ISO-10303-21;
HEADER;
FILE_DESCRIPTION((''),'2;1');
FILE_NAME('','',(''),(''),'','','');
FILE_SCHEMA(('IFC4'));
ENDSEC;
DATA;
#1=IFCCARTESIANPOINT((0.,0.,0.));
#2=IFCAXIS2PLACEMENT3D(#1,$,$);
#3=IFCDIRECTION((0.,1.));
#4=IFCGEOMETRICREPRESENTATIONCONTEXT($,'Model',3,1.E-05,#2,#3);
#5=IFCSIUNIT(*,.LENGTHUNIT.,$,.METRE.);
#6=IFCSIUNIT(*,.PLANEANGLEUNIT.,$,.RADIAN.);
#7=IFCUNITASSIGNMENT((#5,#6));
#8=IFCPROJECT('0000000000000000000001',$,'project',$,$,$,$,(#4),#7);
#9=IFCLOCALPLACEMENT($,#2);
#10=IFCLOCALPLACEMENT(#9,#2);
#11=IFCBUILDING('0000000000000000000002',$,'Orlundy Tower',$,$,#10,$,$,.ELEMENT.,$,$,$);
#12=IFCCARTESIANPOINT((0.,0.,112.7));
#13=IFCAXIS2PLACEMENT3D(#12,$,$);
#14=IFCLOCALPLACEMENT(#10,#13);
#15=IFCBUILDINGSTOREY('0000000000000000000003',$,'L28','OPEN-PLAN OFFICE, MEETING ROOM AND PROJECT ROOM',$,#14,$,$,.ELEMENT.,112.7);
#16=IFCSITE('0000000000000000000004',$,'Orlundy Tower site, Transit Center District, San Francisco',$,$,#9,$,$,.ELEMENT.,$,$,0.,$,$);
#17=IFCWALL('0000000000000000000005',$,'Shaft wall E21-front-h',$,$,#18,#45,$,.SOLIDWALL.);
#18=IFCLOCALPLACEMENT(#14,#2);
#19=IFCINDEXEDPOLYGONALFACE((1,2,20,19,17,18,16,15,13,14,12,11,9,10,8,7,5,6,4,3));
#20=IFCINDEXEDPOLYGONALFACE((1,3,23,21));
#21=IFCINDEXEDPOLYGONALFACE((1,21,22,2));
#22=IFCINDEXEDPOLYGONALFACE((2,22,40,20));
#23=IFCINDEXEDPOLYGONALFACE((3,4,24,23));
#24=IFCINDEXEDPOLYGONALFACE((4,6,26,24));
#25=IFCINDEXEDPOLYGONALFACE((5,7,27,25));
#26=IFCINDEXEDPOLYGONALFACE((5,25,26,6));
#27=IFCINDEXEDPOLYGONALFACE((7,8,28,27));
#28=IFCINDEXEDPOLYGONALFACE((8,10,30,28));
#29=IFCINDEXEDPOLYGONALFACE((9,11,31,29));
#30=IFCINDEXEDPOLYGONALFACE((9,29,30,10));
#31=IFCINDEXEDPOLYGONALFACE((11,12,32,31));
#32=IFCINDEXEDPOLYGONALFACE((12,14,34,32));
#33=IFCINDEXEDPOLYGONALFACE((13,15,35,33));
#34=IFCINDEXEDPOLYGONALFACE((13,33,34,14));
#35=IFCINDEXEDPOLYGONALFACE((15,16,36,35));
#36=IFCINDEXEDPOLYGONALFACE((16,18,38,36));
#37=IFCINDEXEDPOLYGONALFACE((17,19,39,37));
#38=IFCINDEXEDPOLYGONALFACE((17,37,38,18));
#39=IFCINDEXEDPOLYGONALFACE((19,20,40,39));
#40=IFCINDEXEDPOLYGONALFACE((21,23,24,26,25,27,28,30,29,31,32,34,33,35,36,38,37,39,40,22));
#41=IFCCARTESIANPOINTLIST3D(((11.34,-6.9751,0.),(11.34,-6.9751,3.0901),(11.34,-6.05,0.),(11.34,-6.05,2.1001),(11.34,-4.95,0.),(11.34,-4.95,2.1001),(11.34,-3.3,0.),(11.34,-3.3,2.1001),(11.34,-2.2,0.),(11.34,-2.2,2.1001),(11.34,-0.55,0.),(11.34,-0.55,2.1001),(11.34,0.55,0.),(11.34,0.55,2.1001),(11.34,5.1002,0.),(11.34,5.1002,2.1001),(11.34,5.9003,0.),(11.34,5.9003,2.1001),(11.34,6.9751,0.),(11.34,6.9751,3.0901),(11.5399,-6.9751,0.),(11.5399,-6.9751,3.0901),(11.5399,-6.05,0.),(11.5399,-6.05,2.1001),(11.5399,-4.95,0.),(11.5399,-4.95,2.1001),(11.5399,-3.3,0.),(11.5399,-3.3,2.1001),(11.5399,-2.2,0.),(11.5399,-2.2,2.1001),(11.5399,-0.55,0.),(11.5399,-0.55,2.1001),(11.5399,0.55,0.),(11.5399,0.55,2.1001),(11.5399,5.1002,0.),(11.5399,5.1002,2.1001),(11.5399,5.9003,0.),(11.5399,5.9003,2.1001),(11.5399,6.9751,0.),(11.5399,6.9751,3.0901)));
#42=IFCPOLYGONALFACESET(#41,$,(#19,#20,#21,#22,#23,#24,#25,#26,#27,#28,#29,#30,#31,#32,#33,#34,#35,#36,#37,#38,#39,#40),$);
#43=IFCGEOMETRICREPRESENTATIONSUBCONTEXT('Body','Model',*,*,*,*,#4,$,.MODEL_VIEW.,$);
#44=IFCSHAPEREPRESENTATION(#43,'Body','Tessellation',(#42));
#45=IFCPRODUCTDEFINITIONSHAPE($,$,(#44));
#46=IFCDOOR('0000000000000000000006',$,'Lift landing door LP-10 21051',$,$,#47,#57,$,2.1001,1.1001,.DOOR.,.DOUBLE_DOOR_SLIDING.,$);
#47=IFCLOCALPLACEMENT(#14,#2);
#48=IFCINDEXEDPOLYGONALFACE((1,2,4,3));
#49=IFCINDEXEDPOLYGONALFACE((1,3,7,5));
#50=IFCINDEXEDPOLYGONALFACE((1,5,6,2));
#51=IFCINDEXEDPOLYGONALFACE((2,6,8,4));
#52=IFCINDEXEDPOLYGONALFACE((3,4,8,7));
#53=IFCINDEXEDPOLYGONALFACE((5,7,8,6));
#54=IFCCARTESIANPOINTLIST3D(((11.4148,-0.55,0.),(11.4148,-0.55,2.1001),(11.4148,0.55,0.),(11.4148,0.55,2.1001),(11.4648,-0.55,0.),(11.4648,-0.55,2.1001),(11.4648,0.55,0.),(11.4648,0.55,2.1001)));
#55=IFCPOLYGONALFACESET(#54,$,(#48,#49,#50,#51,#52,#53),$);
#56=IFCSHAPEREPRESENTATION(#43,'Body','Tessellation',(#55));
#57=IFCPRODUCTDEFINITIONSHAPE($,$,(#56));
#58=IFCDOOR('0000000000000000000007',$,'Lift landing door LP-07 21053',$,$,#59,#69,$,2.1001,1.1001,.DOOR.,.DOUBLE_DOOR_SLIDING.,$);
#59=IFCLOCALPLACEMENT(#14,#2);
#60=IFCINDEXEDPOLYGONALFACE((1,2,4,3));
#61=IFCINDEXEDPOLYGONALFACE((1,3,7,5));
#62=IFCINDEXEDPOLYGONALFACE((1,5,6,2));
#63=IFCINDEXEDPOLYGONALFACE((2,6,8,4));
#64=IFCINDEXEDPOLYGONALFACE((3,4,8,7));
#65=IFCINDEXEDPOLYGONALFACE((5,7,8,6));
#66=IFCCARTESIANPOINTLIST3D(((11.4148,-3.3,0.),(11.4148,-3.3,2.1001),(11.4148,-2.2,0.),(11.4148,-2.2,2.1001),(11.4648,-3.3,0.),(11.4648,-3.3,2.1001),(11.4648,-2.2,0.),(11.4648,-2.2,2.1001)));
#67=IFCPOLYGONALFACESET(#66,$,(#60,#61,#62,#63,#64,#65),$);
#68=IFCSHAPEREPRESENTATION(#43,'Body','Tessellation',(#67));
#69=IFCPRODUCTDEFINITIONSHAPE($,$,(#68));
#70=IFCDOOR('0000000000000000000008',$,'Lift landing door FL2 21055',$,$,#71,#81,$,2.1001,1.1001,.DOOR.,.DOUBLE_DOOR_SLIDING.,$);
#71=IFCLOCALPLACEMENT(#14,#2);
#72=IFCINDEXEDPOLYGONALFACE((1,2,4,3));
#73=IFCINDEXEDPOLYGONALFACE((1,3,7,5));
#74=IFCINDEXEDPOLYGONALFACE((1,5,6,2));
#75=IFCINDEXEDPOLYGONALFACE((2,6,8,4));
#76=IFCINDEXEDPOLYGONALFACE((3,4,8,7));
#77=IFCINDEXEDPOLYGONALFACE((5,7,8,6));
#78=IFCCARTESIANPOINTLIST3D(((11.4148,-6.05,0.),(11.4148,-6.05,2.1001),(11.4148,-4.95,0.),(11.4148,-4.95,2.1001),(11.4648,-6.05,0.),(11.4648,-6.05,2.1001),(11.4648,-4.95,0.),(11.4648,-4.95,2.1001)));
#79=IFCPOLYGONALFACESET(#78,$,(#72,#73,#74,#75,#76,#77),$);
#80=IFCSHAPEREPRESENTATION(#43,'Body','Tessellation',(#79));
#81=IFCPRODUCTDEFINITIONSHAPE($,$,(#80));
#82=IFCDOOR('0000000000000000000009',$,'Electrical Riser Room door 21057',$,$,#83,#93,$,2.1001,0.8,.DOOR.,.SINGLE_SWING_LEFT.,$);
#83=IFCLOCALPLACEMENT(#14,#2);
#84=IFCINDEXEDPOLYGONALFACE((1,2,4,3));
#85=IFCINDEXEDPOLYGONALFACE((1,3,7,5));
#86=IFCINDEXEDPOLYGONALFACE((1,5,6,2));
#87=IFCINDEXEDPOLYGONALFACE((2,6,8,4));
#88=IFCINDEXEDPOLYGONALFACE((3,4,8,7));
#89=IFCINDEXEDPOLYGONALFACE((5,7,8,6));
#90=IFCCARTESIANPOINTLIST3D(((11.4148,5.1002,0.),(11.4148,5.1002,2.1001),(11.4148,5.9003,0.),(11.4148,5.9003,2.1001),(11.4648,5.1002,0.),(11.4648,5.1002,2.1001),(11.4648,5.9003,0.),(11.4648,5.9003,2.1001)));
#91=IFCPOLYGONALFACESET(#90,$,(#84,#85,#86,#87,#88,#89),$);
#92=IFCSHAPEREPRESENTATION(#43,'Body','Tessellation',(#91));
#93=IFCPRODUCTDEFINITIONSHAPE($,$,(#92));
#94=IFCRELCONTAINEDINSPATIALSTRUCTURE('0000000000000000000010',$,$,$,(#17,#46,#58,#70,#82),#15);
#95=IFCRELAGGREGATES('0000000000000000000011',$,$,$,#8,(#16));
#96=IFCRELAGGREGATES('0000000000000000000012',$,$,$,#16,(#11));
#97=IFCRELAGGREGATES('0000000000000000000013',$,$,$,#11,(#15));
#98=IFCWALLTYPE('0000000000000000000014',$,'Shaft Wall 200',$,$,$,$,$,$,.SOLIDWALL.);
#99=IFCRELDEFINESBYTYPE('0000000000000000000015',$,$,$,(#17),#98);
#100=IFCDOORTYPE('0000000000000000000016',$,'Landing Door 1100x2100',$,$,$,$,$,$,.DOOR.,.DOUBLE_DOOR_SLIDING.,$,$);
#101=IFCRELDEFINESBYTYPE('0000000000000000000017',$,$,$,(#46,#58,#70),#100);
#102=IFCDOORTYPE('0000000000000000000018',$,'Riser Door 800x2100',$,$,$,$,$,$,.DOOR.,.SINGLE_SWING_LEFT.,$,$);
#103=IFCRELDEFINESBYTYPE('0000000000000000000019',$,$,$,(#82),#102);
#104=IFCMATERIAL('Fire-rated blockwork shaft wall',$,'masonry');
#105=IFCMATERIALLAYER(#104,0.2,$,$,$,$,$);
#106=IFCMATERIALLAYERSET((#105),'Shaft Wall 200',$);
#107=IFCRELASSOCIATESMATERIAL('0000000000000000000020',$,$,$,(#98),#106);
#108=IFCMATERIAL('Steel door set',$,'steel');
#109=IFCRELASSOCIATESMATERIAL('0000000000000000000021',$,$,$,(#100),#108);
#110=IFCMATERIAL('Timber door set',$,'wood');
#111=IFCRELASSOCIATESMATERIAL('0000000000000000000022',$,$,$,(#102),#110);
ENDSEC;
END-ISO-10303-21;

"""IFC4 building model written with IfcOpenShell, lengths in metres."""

from ifc_helpers import new_model, si_unit, direction, frame, frame_2d, origin, place, context, subcontext, project, spatial, rectangle, extrude, material, layer, layer_set, type_object, element, fill, save


model = new_model("IFC4")

# Units and contexts
model_context = context("Model", 3, precision=1e-05, world=origin(), true_north=direction((0.0, 1.0)))
body_context = subcontext(model_context, "Body", "Model", "MODEL_VIEW")
ifc_project = project(units=[si_unit("LENGTHUNIT", "METRE"), si_unit("PLANEANGLEUNIT", "RADIAN")], contexts=[model_context])

# Site, building, storey
site_placement = place(None, origin())
site = spatial("IfcSite", under=ifc_project, at=site_placement, Name="Orlundy Tower site, Transit Center District, San Francisco", CompositionType="ELEMENT", RefElevation=0.0)
building_placement = place(site_placement, origin())
building = spatial("IfcBuilding", under=site, at=building_placement, Name="Orlundy Tower", CompositionType="ELEMENT")
storey_placement = place(building_placement, frame((0.0, 0.0, 112.7)))
storey = spatial("IfcBuildingStorey", under=building, at=storey_placement, Name="L28", Description="OPEN-PLAN OFFICE, MEETING ROOM AND PROJECT ROOM", CompositionType="ELEMENT", Elevation=112.7)

# Shared definitions
ifc_material_1 = material(Name="Fire-rated blockwork shaft wall", Category="masonry")
ifc_layer_1 = layer(ifc_material_1, 0.2)
ifc_layer_set_1 = layer_set([ifc_layer_1], Name="Shaft Wall 200")
wall_type_1 = type_object("IfcWallType", Name="Shaft Wall 200", PredefinedType="SOLIDWALL", material=ifc_layer_set_1)

# Wall, openings, doors
wall_1_placement = place(storey_placement, frame((11.4399, 6.9751, 0.0), z_axis=(0.0, 0.0, 1.0), x_axis=(0.0, -1.0, 0.0)))
wall_1 = element("IfcWall", 1, at=wall_1_placement, inside=storey, type_object=wall_type_1, Name="Shaft wall E21-front-h", PredefinedType="SOLIDWALL", context=body_context, shape_type="SweptSolid", body=[
    extrude(rectangle(XDim=13.9502, YDim=0.2, at=frame_2d((6.9751, 0.0))), origin(), (0.0, 0.0, 1.0), 3.0901),
])
opening_1_placement = place(wall_1_placement, frame((6.425, 0.0, 0.0)))
opening_1 = element("IfcOpeningElement", 2, at=opening_1_placement, cuts=wall_1, PredefinedType="OPENING", context=body_context, shape_type="SweptSolid", body=[
    extrude(rectangle(XDim=1.1001, YDim=2.1001, at=frame_2d((0.55, 1.05))), frame((0.0, 0.1101, 0.0), z_axis=(0.0, -1.0, 0.0), x_axis=(1.0, 0.0, 0.0)), (0.0, 0.0, 1.0), 0.2202),
])
opening_2_placement = place(wall_1_placement, frame((9.175, 0.0, 0.0)))
opening_2 = element("IfcOpeningElement", 3, at=opening_2_placement, cuts=wall_1, PredefinedType="OPENING", context=body_context, shape_type="SweptSolid", body=[
    extrude(rectangle(XDim=1.1001, YDim=2.1001, at=frame_2d((0.55, 1.05))), frame((0.0, 0.1101, 0.0), z_axis=(0.0, -1.0, 0.0), x_axis=(1.0, 0.0, 0.0)), (0.0, 0.0, 1.0), 0.2202),
])
opening_3_placement = place(wall_1_placement, frame((11.925, 0.0, 0.0)))
opening_3 = element("IfcOpeningElement", 4, at=opening_3_placement, cuts=wall_1, PredefinedType="OPENING", context=body_context, shape_type="SweptSolid", body=[
    extrude(rectangle(XDim=1.1001, YDim=2.1001, at=frame_2d((0.55, 1.05))), frame((0.0, 0.1101, 0.0), z_axis=(0.0, -1.0, 0.0), x_axis=(1.0, 0.0, 0.0)), (0.0, 0.0, 1.0), 0.2202),
])
opening_4_placement = place(wall_1_placement, frame((1.075, 0.0, 0.0)))
opening_4 = element("IfcOpeningElement", 5, at=opening_4_placement, cuts=wall_1, PredefinedType="OPENING", context=body_context, shape_type="SweptSolid", body=[
    extrude(rectangle(XDim=0.8, YDim=2.1001, at=frame_2d((0.3999, 1.05))), frame((0.0, 0.1101, 0.0), z_axis=(0.0, -1.0, 0.0), x_axis=(1.0, 0.0, 0.0)), (0.0, 0.0, 1.0), 0.2202),
])
ifc_material_2 = material(Name="Steel door set", Category="steel")
door_type_1 = type_object("IfcDoorType", Name="Landing Door 1100x2100", OperationType="DOUBLE_DOOR_SLIDING", PredefinedType="DOOR", material=ifc_material_2)
door_1_placement = place(opening_1_placement, origin())
door_1 = element("IfcDoor", 6, at=door_1_placement, inside=storey, type_object=door_type_1, Name="Lift landing door LP-10 21051", OperationType="DOUBLE_DOOR_SLIDING", OverallHeight=2.1001, OverallWidth=1.1001, PredefinedType="DOOR", context=body_context, shape_type="SweptSolid", body=[
    extrude(rectangle(XDim=1.1001, YDim=2.1001, at=frame_2d((0.55, 1.05))), frame((0.0, 0.0249, 0.0), z_axis=(0.0, -1.0, 0.0), x_axis=(1.0, 0.0, 0.0)), (0.0, 0.0, 1.0), 0.05),
])
fill(opening_1, door_1)
door_2_placement = place(opening_2_placement, origin())
door_2 = element("IfcDoor", 7, at=door_2_placement, inside=storey, type_object=door_type_1, Name="Lift landing door LP-07 21053", OperationType="DOUBLE_DOOR_SLIDING", OverallHeight=2.1001, OverallWidth=1.1001, PredefinedType="DOOR", context=body_context, shape_type="SweptSolid", body=[
    extrude(rectangle(XDim=1.1001, YDim=2.1001, at=frame_2d((0.55, 1.05))), frame((0.0, 0.0249, 0.0), z_axis=(0.0, -1.0, 0.0), x_axis=(1.0, 0.0, 0.0)), (0.0, 0.0, 1.0), 0.05),
])
fill(opening_2, door_2)
door_3_placement = place(opening_3_placement, origin())
door_3 = element("IfcDoor", 8, at=door_3_placement, inside=storey, type_object=door_type_1, Name="Lift landing door FL2 21055", OperationType="DOUBLE_DOOR_SLIDING", OverallHeight=2.1001, OverallWidth=1.1001, PredefinedType="DOOR", context=body_context, shape_type="SweptSolid", body=[
    extrude(rectangle(XDim=1.1001, YDim=2.1001, at=frame_2d((0.55, 1.05))), frame((0.0, 0.0249, 0.0), z_axis=(0.0, -1.0, 0.0), x_axis=(1.0, 0.0, 0.0)), (0.0, 0.0, 1.0), 0.05),
])
fill(opening_3, door_3)
ifc_material_3 = material(Name="Timber door set", Category="wood")
door_type_2 = type_object("IfcDoorType", Name="Riser Door 800x2100", OperationType="SINGLE_SWING_LEFT", PredefinedType="DOOR", material=ifc_material_3)
door_4_placement = place(opening_4_placement, origin())
door_4 = element("IfcDoor", 9, at=door_4_placement, inside=storey, type_object=door_type_2, Name="Electrical Riser Room door 21057", OperationType="SINGLE_SWING_LEFT", OverallHeight=2.1001, OverallWidth=0.8, PredefinedType="DOOR", context=body_context, shape_type="SweptSolid", body=[
    extrude(rectangle(XDim=0.8, YDim=2.1001, at=frame_2d((0.3999, 1.05))), frame((0.0, 0.0249, 0.0), z_axis=(0.0, -1.0, 0.0), x_axis=(1.0, 0.0, 0.0)), (0.0, 0.0, 1.0), 0.05),
])
fill(opening_4, door_4)

save(model, "model.ifc")
